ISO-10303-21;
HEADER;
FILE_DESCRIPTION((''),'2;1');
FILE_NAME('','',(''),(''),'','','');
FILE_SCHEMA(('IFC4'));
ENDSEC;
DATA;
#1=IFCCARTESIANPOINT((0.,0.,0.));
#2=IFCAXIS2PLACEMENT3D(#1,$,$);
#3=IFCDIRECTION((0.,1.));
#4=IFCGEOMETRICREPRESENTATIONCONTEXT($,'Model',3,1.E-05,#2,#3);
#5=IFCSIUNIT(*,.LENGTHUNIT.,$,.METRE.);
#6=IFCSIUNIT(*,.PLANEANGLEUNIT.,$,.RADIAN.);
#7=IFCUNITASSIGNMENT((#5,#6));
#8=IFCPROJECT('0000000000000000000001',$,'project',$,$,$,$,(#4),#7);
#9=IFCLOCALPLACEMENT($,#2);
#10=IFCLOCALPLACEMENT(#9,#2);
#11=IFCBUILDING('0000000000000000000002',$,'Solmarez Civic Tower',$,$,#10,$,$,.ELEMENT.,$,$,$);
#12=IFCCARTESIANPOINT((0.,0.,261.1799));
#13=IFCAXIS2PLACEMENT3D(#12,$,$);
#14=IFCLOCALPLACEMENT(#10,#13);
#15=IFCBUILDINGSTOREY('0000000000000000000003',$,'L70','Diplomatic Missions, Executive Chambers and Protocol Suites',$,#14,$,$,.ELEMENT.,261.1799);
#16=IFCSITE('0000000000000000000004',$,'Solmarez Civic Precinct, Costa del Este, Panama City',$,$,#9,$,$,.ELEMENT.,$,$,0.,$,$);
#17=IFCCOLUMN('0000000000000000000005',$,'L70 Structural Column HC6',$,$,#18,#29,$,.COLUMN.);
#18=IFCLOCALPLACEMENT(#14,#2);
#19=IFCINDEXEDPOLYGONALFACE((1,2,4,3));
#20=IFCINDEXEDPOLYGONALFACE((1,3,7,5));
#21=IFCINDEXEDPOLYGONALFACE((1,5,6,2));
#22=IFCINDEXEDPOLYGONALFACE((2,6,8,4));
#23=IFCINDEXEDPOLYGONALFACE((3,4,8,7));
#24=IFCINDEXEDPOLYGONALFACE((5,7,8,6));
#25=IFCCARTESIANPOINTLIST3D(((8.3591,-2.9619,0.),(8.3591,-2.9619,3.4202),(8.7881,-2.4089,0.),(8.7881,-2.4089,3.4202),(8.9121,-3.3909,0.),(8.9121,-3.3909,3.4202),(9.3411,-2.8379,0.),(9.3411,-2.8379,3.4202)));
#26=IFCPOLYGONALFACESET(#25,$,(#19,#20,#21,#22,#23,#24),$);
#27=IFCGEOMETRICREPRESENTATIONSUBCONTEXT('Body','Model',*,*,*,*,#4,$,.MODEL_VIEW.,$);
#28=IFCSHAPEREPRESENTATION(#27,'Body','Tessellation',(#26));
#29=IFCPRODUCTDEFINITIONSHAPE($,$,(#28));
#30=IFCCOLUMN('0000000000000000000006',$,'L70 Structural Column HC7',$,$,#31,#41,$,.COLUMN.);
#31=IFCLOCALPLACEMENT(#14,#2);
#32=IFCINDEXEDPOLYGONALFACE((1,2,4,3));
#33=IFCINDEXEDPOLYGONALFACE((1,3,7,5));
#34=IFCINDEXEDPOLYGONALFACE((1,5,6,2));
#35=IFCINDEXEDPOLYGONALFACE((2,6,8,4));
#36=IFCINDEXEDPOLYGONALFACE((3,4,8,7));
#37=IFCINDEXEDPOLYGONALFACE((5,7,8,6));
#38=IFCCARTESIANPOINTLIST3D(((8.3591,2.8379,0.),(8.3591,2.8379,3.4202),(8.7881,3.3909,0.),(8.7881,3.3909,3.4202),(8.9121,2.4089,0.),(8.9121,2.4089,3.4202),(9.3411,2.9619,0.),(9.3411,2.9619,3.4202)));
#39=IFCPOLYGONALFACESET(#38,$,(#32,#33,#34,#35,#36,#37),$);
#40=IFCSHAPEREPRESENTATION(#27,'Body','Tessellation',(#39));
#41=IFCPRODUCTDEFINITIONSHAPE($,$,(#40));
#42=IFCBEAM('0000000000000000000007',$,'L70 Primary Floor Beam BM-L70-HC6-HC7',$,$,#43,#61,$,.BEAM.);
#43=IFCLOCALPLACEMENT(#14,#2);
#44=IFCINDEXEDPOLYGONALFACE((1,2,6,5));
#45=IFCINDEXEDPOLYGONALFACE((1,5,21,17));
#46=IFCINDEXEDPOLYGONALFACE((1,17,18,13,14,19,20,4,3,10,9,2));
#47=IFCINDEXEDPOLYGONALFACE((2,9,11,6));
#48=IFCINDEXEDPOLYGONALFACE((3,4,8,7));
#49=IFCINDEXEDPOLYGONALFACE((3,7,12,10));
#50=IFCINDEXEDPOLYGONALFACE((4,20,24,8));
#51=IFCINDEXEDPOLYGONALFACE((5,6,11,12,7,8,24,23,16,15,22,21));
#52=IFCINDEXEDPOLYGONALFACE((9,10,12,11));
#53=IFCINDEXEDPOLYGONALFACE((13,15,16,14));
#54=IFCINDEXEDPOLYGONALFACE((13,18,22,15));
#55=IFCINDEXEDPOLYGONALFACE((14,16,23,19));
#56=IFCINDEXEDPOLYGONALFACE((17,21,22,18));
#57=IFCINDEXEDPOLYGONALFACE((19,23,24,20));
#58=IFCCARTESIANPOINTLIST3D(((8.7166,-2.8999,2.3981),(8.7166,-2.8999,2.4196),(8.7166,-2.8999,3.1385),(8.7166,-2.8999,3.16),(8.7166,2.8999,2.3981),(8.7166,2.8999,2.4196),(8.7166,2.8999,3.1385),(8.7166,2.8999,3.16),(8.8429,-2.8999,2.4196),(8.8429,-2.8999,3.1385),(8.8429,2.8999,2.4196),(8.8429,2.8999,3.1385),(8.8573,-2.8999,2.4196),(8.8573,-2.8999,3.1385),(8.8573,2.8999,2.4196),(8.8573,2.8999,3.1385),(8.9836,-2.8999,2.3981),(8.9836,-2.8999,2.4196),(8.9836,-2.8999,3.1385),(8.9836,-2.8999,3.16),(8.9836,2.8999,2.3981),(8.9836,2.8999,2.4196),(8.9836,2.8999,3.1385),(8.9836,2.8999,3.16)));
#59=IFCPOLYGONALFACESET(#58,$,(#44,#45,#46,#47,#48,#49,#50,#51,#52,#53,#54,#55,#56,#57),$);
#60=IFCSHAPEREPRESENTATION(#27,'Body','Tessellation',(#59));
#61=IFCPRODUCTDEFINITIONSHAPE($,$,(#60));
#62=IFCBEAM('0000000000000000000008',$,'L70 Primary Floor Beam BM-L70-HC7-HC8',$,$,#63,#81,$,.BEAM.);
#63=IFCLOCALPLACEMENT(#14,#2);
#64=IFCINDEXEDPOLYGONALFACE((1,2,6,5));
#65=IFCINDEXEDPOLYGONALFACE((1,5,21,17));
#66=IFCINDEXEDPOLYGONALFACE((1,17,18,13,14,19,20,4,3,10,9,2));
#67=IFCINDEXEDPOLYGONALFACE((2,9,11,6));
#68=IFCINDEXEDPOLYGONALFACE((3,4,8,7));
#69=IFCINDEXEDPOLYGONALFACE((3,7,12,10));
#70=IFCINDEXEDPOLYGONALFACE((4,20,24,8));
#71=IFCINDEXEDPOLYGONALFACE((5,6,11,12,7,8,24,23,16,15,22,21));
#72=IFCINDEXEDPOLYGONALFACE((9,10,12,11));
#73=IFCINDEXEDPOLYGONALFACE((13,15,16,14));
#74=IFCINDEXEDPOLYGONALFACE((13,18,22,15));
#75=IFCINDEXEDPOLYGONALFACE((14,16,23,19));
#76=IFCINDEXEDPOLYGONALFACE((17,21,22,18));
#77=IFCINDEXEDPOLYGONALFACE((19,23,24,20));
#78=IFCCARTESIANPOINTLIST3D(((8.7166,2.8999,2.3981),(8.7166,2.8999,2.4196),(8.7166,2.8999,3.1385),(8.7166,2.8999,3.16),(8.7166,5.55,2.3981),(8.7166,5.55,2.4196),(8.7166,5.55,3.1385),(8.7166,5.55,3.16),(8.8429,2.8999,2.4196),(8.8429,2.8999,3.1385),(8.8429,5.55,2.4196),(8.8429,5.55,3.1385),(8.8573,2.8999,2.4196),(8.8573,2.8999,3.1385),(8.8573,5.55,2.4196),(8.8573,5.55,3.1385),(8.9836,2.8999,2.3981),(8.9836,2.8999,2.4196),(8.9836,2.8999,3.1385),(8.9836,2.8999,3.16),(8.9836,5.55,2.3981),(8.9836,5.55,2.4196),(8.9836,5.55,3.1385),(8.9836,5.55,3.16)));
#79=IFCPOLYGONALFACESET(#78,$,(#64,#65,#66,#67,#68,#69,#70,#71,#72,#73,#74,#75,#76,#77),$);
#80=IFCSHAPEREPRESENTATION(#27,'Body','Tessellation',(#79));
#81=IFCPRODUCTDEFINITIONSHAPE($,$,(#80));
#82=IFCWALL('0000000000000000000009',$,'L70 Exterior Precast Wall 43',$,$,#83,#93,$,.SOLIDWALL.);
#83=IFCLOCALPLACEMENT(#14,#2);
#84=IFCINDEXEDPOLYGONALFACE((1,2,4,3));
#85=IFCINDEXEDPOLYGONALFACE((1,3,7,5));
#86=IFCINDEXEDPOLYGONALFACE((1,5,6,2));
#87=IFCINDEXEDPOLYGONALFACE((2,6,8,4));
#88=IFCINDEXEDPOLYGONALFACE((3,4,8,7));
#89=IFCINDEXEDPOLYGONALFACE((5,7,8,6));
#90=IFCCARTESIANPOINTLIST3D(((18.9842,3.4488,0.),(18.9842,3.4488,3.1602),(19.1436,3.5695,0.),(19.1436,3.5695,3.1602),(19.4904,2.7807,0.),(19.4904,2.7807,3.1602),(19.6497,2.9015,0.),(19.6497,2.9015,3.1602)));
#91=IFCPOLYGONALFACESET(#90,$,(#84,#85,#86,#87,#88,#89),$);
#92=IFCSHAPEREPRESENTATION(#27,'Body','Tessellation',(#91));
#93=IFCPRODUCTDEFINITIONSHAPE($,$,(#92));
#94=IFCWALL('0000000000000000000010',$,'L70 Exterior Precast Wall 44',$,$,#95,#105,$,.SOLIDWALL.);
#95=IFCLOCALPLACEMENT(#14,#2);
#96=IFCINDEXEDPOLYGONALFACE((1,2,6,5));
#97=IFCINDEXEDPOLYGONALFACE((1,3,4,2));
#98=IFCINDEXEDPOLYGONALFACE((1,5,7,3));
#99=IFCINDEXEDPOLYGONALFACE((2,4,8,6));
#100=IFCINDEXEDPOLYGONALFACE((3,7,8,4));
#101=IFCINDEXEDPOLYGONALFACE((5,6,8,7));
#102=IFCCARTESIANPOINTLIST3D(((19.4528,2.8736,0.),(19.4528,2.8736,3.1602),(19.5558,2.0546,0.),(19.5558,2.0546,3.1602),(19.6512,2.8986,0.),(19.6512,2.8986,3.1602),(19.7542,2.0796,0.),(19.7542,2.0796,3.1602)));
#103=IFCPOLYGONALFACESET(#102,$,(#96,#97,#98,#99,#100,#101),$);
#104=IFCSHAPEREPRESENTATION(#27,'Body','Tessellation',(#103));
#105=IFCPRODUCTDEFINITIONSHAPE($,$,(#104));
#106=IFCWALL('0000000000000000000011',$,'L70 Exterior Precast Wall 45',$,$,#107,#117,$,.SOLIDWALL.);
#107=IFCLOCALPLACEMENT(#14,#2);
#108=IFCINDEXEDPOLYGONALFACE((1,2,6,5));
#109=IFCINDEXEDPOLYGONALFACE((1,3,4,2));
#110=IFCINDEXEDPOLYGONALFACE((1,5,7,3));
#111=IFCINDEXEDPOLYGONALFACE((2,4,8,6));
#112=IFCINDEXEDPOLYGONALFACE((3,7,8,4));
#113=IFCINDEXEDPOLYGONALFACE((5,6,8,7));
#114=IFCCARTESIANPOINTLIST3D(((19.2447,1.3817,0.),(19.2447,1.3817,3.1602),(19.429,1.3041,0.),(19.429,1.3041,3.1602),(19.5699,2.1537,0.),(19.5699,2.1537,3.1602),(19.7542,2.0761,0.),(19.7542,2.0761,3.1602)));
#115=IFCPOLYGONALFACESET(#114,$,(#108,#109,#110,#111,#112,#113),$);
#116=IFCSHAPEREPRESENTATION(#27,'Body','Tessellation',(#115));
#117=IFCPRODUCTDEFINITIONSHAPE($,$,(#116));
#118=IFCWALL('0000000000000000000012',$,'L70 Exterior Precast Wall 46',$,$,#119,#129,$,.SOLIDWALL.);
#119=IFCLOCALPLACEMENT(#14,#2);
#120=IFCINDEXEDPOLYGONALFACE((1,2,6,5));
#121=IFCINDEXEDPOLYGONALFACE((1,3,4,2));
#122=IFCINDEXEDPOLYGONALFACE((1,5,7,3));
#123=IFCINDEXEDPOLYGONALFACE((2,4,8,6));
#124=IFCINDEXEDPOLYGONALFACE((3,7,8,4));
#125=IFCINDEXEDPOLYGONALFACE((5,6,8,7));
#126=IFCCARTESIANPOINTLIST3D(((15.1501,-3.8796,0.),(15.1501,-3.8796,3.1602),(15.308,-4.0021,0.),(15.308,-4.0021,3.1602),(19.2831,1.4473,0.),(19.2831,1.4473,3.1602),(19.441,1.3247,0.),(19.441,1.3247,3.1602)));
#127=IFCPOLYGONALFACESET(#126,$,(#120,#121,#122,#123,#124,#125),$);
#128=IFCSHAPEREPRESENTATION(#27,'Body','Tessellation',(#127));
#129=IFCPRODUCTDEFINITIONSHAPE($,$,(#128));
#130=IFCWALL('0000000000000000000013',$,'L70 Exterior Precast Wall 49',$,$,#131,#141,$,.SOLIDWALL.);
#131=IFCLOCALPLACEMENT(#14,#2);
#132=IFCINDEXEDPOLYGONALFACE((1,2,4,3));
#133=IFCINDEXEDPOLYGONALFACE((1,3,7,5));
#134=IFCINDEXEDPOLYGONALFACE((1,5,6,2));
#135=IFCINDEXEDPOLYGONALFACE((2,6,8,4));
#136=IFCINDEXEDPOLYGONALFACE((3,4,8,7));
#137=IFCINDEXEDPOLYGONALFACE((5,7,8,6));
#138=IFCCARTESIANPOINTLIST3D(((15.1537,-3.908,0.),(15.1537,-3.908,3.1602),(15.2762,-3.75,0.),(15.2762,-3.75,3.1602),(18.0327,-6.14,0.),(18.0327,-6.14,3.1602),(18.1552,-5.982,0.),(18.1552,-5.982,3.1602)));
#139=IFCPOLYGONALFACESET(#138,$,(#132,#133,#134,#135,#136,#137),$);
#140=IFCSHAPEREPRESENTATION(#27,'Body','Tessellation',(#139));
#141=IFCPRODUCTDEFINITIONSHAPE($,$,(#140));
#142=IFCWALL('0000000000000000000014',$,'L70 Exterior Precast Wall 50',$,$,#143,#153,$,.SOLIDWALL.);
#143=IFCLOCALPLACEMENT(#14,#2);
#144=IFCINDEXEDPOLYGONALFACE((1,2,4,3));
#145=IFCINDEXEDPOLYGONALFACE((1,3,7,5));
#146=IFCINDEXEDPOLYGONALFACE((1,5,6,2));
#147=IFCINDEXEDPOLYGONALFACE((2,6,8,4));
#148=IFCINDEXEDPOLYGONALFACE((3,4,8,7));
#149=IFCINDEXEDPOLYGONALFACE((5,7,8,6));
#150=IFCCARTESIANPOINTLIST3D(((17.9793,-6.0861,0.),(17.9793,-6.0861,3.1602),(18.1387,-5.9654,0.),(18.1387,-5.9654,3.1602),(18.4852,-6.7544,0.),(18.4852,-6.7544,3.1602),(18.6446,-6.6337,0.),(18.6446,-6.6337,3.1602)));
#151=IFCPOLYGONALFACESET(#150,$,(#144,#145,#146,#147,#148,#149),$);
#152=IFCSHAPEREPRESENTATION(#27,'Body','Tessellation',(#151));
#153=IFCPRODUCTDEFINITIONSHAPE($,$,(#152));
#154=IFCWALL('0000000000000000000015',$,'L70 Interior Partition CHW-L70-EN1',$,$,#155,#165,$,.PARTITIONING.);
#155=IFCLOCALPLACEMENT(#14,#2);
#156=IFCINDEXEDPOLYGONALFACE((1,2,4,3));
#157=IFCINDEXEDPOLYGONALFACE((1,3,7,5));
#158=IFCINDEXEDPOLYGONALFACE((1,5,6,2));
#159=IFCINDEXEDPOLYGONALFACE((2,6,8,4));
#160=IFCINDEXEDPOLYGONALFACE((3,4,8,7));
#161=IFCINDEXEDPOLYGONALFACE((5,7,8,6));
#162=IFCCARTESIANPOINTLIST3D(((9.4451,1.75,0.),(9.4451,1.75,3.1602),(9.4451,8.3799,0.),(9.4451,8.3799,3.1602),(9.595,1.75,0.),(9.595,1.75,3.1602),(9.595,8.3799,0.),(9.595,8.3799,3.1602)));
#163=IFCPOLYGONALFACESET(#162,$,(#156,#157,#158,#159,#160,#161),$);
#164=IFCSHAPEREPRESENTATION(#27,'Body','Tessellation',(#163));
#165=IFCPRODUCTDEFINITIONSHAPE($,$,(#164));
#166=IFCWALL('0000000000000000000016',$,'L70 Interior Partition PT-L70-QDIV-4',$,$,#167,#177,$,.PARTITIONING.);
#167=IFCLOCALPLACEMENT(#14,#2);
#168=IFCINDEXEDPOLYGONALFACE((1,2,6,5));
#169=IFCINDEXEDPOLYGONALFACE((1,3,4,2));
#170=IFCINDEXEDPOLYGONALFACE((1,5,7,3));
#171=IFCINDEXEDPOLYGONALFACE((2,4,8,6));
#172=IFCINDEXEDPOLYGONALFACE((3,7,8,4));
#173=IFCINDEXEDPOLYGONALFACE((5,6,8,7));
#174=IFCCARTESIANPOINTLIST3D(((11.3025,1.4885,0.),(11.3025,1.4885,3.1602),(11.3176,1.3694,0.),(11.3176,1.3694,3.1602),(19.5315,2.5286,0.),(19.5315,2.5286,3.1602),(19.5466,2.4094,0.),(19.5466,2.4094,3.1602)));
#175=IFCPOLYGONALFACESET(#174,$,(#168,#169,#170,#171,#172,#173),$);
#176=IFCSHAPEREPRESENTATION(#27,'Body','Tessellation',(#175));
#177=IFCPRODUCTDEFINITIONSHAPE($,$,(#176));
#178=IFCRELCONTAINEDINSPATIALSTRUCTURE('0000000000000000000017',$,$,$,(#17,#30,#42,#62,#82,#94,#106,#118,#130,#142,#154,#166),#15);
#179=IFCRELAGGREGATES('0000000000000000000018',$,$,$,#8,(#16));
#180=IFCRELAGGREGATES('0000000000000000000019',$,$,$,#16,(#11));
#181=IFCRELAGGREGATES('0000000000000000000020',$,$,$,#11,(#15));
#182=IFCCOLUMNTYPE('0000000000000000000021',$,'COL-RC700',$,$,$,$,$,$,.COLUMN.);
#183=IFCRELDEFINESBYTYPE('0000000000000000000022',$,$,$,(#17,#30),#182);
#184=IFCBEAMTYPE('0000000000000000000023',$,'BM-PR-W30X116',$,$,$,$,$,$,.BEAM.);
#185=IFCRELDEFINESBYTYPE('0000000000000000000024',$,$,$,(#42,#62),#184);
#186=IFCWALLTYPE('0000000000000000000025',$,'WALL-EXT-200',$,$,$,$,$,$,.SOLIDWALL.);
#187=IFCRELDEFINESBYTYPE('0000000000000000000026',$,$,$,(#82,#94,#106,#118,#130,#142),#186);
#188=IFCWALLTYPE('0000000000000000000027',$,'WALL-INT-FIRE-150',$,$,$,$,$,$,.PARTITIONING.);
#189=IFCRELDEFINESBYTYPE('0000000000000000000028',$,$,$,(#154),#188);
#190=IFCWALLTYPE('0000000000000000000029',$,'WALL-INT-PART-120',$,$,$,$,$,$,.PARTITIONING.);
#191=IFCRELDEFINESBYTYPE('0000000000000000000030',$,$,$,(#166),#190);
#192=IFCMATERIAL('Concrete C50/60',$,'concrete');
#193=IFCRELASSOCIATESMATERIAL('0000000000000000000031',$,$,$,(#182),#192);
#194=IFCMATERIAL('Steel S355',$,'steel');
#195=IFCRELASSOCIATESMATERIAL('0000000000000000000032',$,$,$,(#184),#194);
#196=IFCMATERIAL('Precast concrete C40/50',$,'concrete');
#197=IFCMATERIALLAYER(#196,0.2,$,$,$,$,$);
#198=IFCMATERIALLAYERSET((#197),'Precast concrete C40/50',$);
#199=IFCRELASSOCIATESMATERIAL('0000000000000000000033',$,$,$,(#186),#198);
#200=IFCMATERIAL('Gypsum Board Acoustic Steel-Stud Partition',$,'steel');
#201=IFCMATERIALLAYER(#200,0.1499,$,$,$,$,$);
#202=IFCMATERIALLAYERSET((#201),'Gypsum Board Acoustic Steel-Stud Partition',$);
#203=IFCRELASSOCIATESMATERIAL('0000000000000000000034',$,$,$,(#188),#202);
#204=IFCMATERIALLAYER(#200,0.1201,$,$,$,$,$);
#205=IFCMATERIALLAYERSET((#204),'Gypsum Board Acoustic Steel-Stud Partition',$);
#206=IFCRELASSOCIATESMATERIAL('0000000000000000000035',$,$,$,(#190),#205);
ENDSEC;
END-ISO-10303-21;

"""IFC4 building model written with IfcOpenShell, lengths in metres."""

from ifc_helpers import new_model, si_unit, direction, frame, frame_2d, origin, origin_2d, place, context, subcontext, project, spatial, rectangle, i_section, extrude, material, layer, layer_set, material_profile, profile_set, type_object, element, save


model = new_model("IFC4")

# Units and contexts
model_context = context("Model", 3, precision=1e-05, world=origin(), true_north=direction((0.0, 1.0)))
body_context = subcontext(model_context, "Body", "Model", "MODEL_VIEW")
ifc_project = project(units=[si_unit("LENGTHUNIT", "METRE"), si_unit("PLANEANGLEUNIT", "RADIAN")], contexts=[model_context])

# Site, building, storey
site_placement = place(None, origin())
site = spatial("IfcSite", under=ifc_project, at=site_placement, Name="Solmarez Civic Precinct, Costa del Este, Panama City", CompositionType="ELEMENT", RefElevation=0.0)
building_placement = place(site_placement, origin())
building = spatial("IfcBuilding", under=site, at=building_placement, Name="Solmarez Civic Tower", CompositionType="ELEMENT")
storey_placement = place(building_placement, frame((0.0, 0.0, 261.1799)))
storey = spatial("IfcBuildingStorey", under=building, at=storey_placement, Name="L70", Description="Diplomatic Missions, Executive Chambers and Protocol Suites", CompositionType="ELEMENT", Elevation=261.1799)

# Columns
ifc_material_1 = material(Name="Concrete C50/60", Category="concrete")
ifc_material_profile_1 = material_profile(ifc_material_1, rectangle(XDim=0.7, YDim=0.7, at=origin_2d()), Name="RC700X700")
ifc_profile_set_1 = profile_set([ifc_material_profile_1], Name="Concrete C50/60")
column_type = type_object("IfcColumnType", Name="COL-RC700", PredefinedType="COLUMN", material=ifc_profile_set_1)
for number, where, z_axis, x_axis, name in (
    (1, (8.8501, -2.8999, 0.0), (0.0, 0.0, 1.0), (0.612907, 0.790155, 0.0), "L70 Structural Column HC6"),
    (2, (8.8501, 2.8999, 0.0), (0.0, 0.0, 1.0), (0.612907, 0.790155, 0.0), "L70 Structural Column HC7"),
):
    element("IfcColumn", number, at=place(storey_placement, frame(where, z_axis=z_axis, x_axis=x_axis)), inside=storey, type_object=column_type, Name=name, PredefinedType="COLUMN", context=body_context, shape_type="SweptSolid", body=[
        extrude(rectangle(XDim=0.7, YDim=0.7, at=origin_2d()), origin(), (0.0, 0.0, 1.0), 3.4202),
    ])

# Beams
ifc_material_2 = material(Name="Steel S355", Category="steel")
ifc_material_profile_2 = material_profile(ifc_material_2, i_section(OverallWidth=0.2671, OverallDepth=0.762, WebThickness=0.0144, FlangeThickness=0.0215, at=origin_2d()), Name="W30X116")
ifc_profile_set_2 = profile_set([ifc_material_profile_2], Name="Steel S355")
beam_type = type_object("IfcBeamType", Name="BM-PR-W30X116", PredefinedType="BEAM", material=ifc_profile_set_2)
beam_1_placement = place(storey_placement, frame((8.8501, -2.8999, 2.7791), z_axis=(0.0, 1.0, 0.0), x_axis=(-1.0, 0.0, 0.0)))
element("IfcBeam", 3, at=beam_1_placement, inside=storey, type_object=beam_type, Name="L70 Primary Floor Beam BM-L70-HC6-HC7", PredefinedType="BEAM", context=body_context, shape_type="SweptSolid", body=[
    extrude(i_section(OverallWidth=0.2671, OverallDepth=0.762, WebThickness=0.0144, FlangeThickness=0.0215, at=origin_2d()), origin(), (0.0, 0.0, 1.0), 5.7998),
])
beam_2_placement = place(storey_placement, frame((8.8501, 2.8999, 2.7791), z_axis=(0.0, 1.0, 0.0), x_axis=(-1.0, 0.0, 0.0)))
element("IfcBeam", 4, at=beam_2_placement, inside=storey, type_object=beam_type, Name="L70 Primary Floor Beam BM-L70-HC7-HC8", PredefinedType="BEAM", context=body_context, shape_type="SweptSolid", body=[
    extrude(i_section(OverallWidth=0.2671, OverallDepth=0.762, WebThickness=0.0144, FlangeThickness=0.0215, at=origin_2d()), origin(), (0.0, 0.0, 1.0), 2.6501),
])

# Walls
ifc_material_3 = material(Name="Precast concrete C40/50", Category="concrete")
ifc_layer_1 = layer(ifc_material_3, 0.2)
ifc_layer_set_1 = layer_set([ifc_layer_1], Name="Precast concrete C40/50")
wall_type_1 = type_object("IfcWallType", Name="WALL-EXT-200", PredefinedType="SOLIDWALL", material=ifc_layer_set_1)
wall_1_placement = place(storey_placement, frame((19.064, 3.509, 0.0), z_axis=(0.0, 0.0, 1.0), x_axis=(0.603908, -0.797054, 0.0)))
element("IfcWall", 5, at=wall_1_placement, inside=storey, type_object=wall_type_1, Name="L70 Exterior Precast Wall 43", PredefinedType="SOLIDWALL", context=body_context, shape_type="SweptSolid", body=[
    extrude(rectangle(XDim=0.8381, YDim=0.2, at=frame_2d((0.4189, 0.0))), origin(), (0.0, 0.0, 1.0), 3.1602),
])
wall_2_placement = place(storey_placement, frame((19.552, 2.886, 0.0), z_axis=(0.0, 0.0, 1.0), x_axis=(0.124799, -0.992182, 0.0)))
element("IfcWall", 6, at=wall_2_placement, inside=storey, type_object=wall_type_1, Name="L70 Exterior Precast Wall 44", PredefinedType="SOLIDWALL", context=body_context, shape_type="SweptSolid", body=[
    extrude(rectangle(XDim=0.8254, YDim=0.2, at=frame_2d((0.4126, 0.0))), origin(), (0.0, 0.0, 1.0), 3.1602),
])
wall_3_placement = place(storey_placement, frame((19.6621, 2.115, 0.0), z_axis=(0.0, 0.0, 1.0), x_axis=(-0.388213, -0.92157, 0.0)))
element("IfcWall", 7, at=wall_3_placement, inside=storey, type_object=wall_type_1, Name="L70 Exterior Precast Wall 45", PredefinedType="SOLIDWALL", context=body_context, shape_type="SweptSolid", body=[
    extrude(rectangle(XDim=0.8376, YDim=0.2, at=frame_2d((0.4189, 0.0))), origin(), (0.0, 0.0, 1.0), 3.1602),
])
wall_4_placement = place(storey_placement, frame((19.3621, 1.386, 0.0), z_axis=(0.0, 0.0, 1.0), x_axis=(-0.613008, -0.790077, 0.0)))
element("IfcWall", 8, at=wall_4_placement, inside=storey, type_object=wall_type_1, Name="L70 Exterior Precast Wall 46", PredefinedType="SOLIDWALL", context=body_context, shape_type="SweptSolid", body=[
    extrude(rectangle(XDim=6.7422, YDim=0.2, at=frame_2d((3.3711, 0.0))), origin(), (0.0, 0.0, 1.0), 3.1602),
])
wall_5_placement = place(storey_placement, frame((15.2151, -3.8291, 0.0), z_axis=(0.0, 0.0, 1.0), x_axis=(0.790311, -0.612706, 0.0)))
element("IfcWall", 9, at=wall_5_placement, inside=storey, type_object=wall_type_1, Name="L70 Exterior Precast Wall 49", PredefinedType="SOLIDWALL", context=body_context, shape_type="SweptSolid", body=[
    extrude(rectangle(XDim=3.6428, YDim=0.2, at=frame_2d((1.8213, 0.0))), origin(), (0.0, 0.0, 1.0), 3.1602),
])
wall_6_placement = place(storey_placement, frame((18.0591, -6.0259, 0.0), z_axis=(0.0, 0.0, 1.0), x_axis=(0.603583, -0.7973, 0.0)))
element("IfcWall", 10, at=wall_6_placement, inside=storey, type_object=wall_type_1, Name="L70 Exterior Precast Wall 50", PredefinedType="SOLIDWALL", context=body_context, shape_type="SweptSolid", body=[
    extrude(rectangle(XDim=0.8381, YDim=0.2, at=frame_2d((0.4189, 0.0))), origin(), (0.0, 0.0, 1.0), 3.1602),
])
ifc_material_4 = material(Name="Gypsum Board Acoustic Steel-Stud Partition", Category="steel")
ifc_layer_2 = layer(ifc_material_4, 0.1499)
ifc_layer_set_2 = layer_set([ifc_layer_2], Name="Gypsum Board Acoustic Steel-Stud Partition")
wall_type_2 = type_object("IfcWallType", Name="WALL-INT-FIRE-150", PredefinedType="PARTITIONING", material=ifc_layer_set_2)
wall_7_placement = place(storey_placement, frame((9.52, 1.75, 0.0), z_axis=(0.0, 0.0, 1.0), x_axis=(0.0, 1.0, 0.0)))
element("IfcWall", 11, at=wall_7_placement, inside=storey, type_object=wall_type_2, Name="L70 Interior Partition CHW-L70-EN1", PredefinedType="PARTITIONING", context=body_context, shape_type="SweptSolid", body=[
    extrude(rectangle(XDim=6.6299, YDim=0.1499, at=frame_2d((3.3149, 0.0))), origin(), (0.0, 0.0, 1.0), 3.1602),
])
ifc_layer_3 = layer(ifc_material_4, 0.1201)
ifc_layer_set_3 = layer_set([ifc_layer_3], Name="Gypsum Board Acoustic Steel-Stud Partition")
wall_type_3 = type_object("IfcWallType", Name="WALL-INT-PART-120", PredefinedType="PARTITIONING", material=ifc_layer_set_3)
wall_8_placement = place(storey_placement, frame((11.3101, 1.429, 0.0), z_axis=(0.0, 0.0, 1.0), x_axis=(0.992108, 0.125389, 0.0)))
element("IfcWall", 12, at=wall_8_placement, inside=storey, type_object=wall_type_3, Name="L70 Interior Partition PT-L70-QDIV-4", PredefinedType="PARTITIONING", context=body_context, shape_type="SweptSolid", body=[
    extrude(rectangle(XDim=8.2944, YDim=0.1201, at=frame_2d((4.1472, 0.0))), origin(), (0.0, 0.0, 1.0), 3.1602),
])

save(model, "model.ifc")
